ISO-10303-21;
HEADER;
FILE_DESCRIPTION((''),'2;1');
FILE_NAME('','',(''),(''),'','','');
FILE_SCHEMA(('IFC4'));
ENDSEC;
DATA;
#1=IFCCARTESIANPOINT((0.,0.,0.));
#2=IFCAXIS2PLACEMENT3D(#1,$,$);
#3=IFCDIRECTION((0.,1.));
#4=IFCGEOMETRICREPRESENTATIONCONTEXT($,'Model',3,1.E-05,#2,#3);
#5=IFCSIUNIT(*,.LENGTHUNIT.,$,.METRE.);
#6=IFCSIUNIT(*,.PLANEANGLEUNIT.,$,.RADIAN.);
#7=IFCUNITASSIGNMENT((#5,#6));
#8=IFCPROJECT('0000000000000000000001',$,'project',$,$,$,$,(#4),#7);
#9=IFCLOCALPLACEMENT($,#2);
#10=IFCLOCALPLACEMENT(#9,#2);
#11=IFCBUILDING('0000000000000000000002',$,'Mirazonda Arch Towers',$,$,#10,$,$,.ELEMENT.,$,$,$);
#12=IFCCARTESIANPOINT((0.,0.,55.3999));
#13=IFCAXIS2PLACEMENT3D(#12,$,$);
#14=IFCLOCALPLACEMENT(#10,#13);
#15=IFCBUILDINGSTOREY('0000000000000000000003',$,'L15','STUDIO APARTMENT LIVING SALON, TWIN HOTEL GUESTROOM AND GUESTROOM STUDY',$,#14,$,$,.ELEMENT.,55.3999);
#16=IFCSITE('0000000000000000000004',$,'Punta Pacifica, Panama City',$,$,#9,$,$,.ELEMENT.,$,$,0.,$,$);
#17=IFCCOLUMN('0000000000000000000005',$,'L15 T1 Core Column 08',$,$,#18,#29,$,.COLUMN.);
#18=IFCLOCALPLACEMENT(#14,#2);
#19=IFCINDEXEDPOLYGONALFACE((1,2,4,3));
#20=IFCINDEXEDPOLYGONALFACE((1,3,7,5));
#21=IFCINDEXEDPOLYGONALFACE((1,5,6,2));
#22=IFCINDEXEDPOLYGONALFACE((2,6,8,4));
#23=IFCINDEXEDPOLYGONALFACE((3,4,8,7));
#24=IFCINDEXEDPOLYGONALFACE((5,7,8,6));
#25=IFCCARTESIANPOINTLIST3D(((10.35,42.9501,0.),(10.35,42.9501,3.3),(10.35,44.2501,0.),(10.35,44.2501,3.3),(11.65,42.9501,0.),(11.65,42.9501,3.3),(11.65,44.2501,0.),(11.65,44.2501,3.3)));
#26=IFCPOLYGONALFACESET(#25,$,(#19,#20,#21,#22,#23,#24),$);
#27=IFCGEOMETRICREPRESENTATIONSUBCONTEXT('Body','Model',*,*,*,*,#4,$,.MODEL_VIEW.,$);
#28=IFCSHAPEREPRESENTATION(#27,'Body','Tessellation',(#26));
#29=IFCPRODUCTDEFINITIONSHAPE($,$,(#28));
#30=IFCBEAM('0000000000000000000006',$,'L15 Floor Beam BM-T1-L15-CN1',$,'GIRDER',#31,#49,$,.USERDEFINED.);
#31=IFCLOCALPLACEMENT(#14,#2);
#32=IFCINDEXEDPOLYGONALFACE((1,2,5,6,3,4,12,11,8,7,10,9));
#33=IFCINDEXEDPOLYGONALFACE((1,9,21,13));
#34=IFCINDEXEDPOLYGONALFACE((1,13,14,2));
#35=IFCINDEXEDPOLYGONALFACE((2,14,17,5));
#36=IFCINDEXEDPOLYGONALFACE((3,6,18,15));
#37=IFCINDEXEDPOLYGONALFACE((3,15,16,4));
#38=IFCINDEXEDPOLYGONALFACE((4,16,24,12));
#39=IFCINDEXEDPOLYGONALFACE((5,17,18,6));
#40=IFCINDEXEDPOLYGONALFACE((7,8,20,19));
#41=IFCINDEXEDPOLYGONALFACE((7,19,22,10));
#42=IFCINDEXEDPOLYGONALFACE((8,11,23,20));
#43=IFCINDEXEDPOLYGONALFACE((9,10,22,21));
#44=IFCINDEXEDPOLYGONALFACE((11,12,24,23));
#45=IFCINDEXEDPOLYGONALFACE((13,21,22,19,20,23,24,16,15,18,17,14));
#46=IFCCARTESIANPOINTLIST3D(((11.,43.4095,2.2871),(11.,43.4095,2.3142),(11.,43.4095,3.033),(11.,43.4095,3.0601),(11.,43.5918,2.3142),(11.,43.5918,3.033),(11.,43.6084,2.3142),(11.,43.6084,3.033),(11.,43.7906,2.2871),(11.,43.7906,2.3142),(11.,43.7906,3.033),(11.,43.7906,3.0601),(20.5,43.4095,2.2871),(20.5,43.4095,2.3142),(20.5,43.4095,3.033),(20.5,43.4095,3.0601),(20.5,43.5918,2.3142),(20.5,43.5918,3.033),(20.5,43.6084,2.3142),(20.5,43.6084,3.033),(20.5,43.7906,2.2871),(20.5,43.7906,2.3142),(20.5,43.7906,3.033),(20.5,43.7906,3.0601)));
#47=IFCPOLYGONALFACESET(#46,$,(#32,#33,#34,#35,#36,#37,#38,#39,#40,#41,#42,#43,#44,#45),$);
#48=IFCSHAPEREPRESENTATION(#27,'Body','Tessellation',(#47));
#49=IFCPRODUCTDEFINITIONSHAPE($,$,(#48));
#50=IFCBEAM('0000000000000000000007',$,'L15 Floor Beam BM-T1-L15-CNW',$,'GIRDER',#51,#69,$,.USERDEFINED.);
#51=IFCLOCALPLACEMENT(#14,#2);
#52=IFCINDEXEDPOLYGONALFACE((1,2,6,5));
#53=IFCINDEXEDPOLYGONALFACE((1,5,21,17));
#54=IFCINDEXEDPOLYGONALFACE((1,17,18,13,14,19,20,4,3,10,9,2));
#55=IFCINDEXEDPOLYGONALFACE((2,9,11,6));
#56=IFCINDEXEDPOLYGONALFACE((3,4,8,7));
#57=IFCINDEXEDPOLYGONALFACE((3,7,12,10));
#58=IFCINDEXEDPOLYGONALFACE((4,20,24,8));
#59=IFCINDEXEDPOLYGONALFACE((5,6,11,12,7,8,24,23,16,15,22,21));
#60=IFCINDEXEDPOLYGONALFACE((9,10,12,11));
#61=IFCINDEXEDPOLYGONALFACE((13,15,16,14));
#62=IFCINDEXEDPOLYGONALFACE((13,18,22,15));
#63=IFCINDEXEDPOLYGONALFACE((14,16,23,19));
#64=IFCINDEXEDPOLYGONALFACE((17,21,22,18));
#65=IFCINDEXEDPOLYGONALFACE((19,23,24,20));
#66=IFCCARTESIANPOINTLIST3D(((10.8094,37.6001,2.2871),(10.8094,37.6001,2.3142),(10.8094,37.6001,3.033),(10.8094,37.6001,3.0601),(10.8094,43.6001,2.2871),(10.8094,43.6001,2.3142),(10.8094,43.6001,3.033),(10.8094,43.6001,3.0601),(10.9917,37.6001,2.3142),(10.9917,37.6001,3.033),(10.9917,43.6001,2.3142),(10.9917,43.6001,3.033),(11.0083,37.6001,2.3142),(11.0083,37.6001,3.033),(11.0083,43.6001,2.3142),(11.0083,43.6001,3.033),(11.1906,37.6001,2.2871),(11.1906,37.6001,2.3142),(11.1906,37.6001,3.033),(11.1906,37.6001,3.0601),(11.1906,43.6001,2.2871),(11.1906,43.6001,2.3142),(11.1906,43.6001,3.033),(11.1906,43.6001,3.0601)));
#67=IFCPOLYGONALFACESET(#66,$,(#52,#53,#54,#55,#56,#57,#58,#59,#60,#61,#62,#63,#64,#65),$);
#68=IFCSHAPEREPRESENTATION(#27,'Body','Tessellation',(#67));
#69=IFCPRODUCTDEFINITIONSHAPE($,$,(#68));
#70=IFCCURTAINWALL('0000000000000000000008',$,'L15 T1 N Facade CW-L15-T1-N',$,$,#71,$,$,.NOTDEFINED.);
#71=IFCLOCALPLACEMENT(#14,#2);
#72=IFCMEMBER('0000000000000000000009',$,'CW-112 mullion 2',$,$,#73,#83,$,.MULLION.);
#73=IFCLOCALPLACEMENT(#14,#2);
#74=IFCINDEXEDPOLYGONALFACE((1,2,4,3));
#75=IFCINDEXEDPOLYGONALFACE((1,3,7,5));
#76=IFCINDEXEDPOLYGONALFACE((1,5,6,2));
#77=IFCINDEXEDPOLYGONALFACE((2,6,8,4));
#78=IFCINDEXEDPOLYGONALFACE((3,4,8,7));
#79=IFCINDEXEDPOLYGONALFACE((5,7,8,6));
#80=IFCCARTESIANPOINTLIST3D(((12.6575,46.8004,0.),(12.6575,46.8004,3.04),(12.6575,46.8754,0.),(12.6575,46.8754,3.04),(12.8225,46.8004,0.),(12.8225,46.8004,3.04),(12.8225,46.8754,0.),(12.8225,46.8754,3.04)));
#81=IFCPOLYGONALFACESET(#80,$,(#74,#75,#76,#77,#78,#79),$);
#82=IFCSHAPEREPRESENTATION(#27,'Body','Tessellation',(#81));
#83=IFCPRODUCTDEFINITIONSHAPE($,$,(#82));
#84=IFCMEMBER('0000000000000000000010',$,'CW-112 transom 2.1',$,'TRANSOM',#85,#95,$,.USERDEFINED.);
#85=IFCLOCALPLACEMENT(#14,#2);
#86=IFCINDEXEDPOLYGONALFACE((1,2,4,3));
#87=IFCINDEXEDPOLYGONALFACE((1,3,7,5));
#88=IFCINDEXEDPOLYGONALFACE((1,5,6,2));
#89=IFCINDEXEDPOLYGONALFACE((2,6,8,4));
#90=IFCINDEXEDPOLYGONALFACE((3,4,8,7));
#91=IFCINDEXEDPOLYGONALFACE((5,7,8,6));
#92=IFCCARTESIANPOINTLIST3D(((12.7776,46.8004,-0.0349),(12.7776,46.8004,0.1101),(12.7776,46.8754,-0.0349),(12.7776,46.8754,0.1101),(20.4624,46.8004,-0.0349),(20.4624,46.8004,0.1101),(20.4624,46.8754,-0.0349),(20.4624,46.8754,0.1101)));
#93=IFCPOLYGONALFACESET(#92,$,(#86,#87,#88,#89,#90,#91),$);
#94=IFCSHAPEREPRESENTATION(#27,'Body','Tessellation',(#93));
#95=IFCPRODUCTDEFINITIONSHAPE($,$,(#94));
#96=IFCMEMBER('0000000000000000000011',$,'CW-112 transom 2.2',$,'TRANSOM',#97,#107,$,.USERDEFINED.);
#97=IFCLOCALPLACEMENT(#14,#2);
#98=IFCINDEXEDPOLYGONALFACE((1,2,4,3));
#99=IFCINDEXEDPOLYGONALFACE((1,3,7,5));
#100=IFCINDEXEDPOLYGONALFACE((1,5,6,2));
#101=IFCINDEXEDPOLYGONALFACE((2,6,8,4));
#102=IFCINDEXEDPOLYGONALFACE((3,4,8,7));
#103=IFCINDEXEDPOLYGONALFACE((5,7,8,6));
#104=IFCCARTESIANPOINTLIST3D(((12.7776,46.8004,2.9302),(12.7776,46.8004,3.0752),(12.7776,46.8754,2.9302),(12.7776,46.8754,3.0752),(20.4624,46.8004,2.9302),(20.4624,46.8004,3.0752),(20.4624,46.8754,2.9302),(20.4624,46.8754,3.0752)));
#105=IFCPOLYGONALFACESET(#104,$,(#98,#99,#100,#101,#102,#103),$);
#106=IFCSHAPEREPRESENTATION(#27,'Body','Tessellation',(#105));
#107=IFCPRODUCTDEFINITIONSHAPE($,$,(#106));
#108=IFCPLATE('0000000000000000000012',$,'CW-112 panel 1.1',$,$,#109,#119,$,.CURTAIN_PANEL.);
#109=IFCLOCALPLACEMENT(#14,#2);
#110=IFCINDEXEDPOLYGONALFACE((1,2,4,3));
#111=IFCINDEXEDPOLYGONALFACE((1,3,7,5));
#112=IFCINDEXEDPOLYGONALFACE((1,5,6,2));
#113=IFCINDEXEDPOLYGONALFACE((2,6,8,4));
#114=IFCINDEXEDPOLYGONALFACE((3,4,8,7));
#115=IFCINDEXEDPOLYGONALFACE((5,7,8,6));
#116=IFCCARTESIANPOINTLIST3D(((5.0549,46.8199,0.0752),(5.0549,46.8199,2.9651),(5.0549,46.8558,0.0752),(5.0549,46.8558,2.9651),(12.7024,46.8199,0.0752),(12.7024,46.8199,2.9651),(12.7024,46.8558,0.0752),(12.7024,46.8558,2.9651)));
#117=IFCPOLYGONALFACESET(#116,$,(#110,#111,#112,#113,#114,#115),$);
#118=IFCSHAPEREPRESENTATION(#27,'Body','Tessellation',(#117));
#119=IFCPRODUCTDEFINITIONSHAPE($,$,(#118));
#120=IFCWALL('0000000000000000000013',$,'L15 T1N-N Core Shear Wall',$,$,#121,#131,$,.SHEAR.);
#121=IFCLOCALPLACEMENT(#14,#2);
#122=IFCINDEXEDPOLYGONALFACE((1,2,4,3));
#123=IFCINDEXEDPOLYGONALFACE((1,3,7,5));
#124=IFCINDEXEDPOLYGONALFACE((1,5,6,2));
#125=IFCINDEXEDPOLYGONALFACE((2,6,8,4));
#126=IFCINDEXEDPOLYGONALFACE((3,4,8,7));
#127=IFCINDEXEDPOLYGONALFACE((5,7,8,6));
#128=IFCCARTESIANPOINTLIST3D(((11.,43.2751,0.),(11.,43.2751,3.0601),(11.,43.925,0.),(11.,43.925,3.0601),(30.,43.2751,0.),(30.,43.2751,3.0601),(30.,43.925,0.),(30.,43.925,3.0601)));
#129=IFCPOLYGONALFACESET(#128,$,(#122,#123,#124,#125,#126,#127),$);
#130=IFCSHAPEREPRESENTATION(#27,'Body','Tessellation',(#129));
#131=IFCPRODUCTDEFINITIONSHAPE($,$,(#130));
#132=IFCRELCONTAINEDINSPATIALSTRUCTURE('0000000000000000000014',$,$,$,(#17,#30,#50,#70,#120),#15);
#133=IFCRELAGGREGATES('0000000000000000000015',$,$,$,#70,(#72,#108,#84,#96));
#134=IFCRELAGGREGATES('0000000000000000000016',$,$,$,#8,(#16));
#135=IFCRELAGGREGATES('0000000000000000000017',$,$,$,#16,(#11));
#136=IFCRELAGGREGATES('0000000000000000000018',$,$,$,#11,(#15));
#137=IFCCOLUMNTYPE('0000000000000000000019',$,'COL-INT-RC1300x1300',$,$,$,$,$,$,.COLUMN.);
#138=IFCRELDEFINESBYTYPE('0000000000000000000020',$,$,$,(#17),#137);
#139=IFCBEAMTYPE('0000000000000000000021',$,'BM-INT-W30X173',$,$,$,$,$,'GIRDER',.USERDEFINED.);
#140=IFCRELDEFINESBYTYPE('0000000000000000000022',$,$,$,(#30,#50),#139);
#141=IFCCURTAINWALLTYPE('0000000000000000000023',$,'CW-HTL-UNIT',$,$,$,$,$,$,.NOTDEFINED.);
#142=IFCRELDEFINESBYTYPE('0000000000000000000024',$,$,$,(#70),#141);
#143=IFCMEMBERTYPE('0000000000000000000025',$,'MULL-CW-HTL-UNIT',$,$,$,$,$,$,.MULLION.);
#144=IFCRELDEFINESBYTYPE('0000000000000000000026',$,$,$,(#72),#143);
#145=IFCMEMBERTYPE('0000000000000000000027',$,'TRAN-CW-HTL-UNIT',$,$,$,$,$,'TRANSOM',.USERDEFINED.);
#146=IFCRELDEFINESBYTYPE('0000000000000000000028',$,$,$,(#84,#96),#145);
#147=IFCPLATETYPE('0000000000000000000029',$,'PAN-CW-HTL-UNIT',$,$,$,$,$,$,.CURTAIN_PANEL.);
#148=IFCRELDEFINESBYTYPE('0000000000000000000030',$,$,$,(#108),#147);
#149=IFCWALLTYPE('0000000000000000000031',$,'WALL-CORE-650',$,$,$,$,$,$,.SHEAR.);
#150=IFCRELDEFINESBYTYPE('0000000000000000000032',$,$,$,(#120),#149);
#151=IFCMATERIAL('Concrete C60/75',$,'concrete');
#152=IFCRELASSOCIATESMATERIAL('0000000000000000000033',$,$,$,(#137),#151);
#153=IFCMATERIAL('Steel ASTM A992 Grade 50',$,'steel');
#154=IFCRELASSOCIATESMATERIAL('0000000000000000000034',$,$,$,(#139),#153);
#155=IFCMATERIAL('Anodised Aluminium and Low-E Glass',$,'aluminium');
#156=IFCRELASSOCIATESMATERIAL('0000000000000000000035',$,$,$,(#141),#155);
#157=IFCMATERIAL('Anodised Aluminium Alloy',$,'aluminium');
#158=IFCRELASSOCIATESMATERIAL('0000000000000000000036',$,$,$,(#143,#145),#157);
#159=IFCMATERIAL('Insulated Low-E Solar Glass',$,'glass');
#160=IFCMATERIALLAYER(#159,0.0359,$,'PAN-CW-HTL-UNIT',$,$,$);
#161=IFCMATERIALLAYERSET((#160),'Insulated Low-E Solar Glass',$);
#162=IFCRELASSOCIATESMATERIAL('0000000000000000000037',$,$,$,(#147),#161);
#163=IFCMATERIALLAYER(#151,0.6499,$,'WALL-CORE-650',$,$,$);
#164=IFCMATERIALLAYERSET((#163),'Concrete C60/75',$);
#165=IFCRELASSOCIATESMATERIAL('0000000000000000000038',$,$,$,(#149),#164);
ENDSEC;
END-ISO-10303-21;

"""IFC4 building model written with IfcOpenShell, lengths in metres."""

from ifc_helpers import new_model, si_unit, direction, frame, frame_2d, origin, origin_2d, place, context, subcontext, project, spatial, rectangle, i_section, extrude, material, layer, layer_set, material_profile, profile_set, type_object, element, aggregate, save


model = new_model("IFC4")

# Units and contexts
model_context = context("Model", 3, precision=1e-05, world=origin(), true_north=direction((0.0, 1.0)))
body_context = subcontext(model_context, "Body", "Model", "MODEL_VIEW")
ifc_project = project(units=[si_unit("LENGTHUNIT", "METRE"), si_unit("PLANEANGLEUNIT", "RADIAN")], contexts=[model_context])

# Site, building, storey
site_placement = place(None, origin())
site = spatial("IfcSite", under=ifc_project, at=site_placement, Name="Punta Pacifica, Panama City", CompositionType="ELEMENT", RefElevation=0.0)
building_placement = place(site_placement, origin())
building = spatial("IfcBuilding", under=site, at=building_placement, Name="Mirazonda Arch Towers", CompositionType="ELEMENT")
storey_placement = place(building_placement, frame((0.0, 0.0, 55.3999)))
storey = spatial("IfcBuildingStorey", under=building, at=storey_placement, Name="L15", Description="STUDIO APARTMENT LIVING SALON, TWIN HOTEL GUESTROOM AND GUESTROOM STUDY", CompositionType="ELEMENT", Elevation=55.3999)

# Column
ifc_material_1 = material(Name="Concrete C60/75", Category="concrete")
ifc_material_profile_1 = material_profile(ifc_material_1, rectangle(XDim=1.3, YDim=1.3, at=origin_2d()), Name="RC1300x1300")
ifc_profile_set_1 = profile_set([ifc_material_profile_1], Name="Concrete C60/75")
column_type = type_object("IfcColumnType", Name="COL-INT-RC1300x1300", PredefinedType="COLUMN", material=ifc_profile_set_1)
column_placement = place(storey_placement, frame((11.0, 43.6001, 0.0), z_axis=(0.0, 0.0, 1.0), x_axis=(1.0, 0.0, 0.0)))
element("IfcColumn", 1, at=column_placement, inside=storey, type_object=column_type, Name="L15 T1 Core Column 08", PredefinedType="COLUMN", context=body_context, shape_type="SweptSolid", body=[
    extrude(rectangle(XDim=1.3, YDim=1.3, at=origin_2d()), origin(), (0.0, 0.0, 1.0), 3.3),
])

# Beams
ifc_material_2 = material(Name="Steel ASTM A992 Grade 50", Category="steel")
ifc_material_profile_2 = material_profile(ifc_material_2, i_section(OverallWidth=0.3811, OverallDepth=0.7729, WebThickness=0.0166, FlangeThickness=0.0271, at=origin_2d()), Name="W30X173")
ifc_profile_set_2 = profile_set([ifc_material_profile_2], Name="Steel ASTM A992 Grade 50")
beam_type = type_object("IfcBeamType", Name="BM-INT-W30X173", ElementType="GIRDER", PredefinedType="USERDEFINED", material=ifc_profile_set_2)
beam_1_placement = place(storey_placement, frame((11.0, 43.6001, 2.6736), z_axis=(1.0, 0.0, 0.0), x_axis=(0.0, 1.0, 0.0)))
element("IfcBeam", 2, at=beam_1_placement, inside=storey, type_object=beam_type, Name="L15 Floor Beam BM-T1-L15-CN1", ObjectType="GIRDER", PredefinedType="USERDEFINED", context=body_context, shape_type="SweptSolid", body=[
    extrude(i_section(OverallWidth=0.3811, OverallDepth=0.7729, WebThickness=0.0166, FlangeThickness=0.0271, at=origin_2d()), origin(), (0.0, 0.0, 1.0), 9.5),
])
beam_2_placement = place(storey_placement, frame((11.0, 37.6001, 2.6736), z_axis=(0.0, 1.0, 0.0), x_axis=(-1.0, 0.0, 0.0)))
element("IfcBeam", 3, at=beam_2_placement, inside=storey, type_object=beam_type, Name="L15 Floor Beam BM-T1-L15-CNW", ObjectType="GIRDER", PredefinedType="USERDEFINED", context=body_context, shape_type="SweptSolid", body=[
    extrude(i_section(OverallWidth=0.3811, OverallDepth=0.7729, WebThickness=0.0166, FlangeThickness=0.0271, at=origin_2d()), origin(), (0.0, 0.0, 1.0), 6.0),
])

# Curtain wall, members, plate
ifc_material_3 = material(Name="Anodised Aluminium and Low-E Glass", Category="aluminium")
curtain_wall_type = type_object("IfcCurtainWallType", Name="CW-HTL-UNIT", PredefinedType="NOTDEFINED", material=ifc_material_3)
curtain_wall_placement = place(storey_placement, origin())
curtain_wall = element("IfcCurtainWall", 4, at=curtain_wall_placement, inside=storey, type_object=curtain_wall_type, Name="L15 T1 N Facade CW-L15-T1-N", PredefinedType="NOTDEFINED")
ifc_material_4 = material(Name="Anodised Aluminium Alloy", Category="aluminium")
ifc_material_profile_3 = material_profile(ifc_material_4, rectangle(XDim=0.075, YDim=0.165, at=origin_2d()), Name="ALU-MULL-75x165")
ifc_profile_set_3 = profile_set([ifc_material_profile_3], Name="Anodised Aluminium Alloy")
member_type_1 = type_object("IfcMemberType", Name="MULL-CW-HTL-UNIT", PredefinedType="MULLION", material=ifc_profile_set_3)
member_1_placement = place(storey_placement, frame((12.74, 46.8379, 0.0), z_axis=(0.0, 0.0, 1.0), x_axis=(0.0, 1.0, 0.0)))
member_1 = element("IfcMember", 5, at=member_1_placement, type_object=member_type_1, Name="CW-112 mullion 2", PredefinedType="MULLION", context=body_context, shape_type="SweptSolid", body=[
    extrude(rectangle(XDim=0.075, YDim=0.165, at=origin_2d()), origin(), (0.0, 0.0, 1.0), 3.04),
])
ifc_material_profile_4 = material_profile(ifc_material_4, rectangle(XDim=0.075, YDim=0.145, at=origin_2d()), Name="ALU-TRAN-75x145")
ifc_profile_set_4 = profile_set([ifc_material_profile_4], Name="Anodised Aluminium Alloy")
member_type_2 = type_object("IfcMemberType", Name="TRAN-CW-HTL-UNIT", ElementType="TRANSOM", PredefinedType="USERDEFINED", material=ifc_profile_set_4)
member_2_placement = place(storey_placement, frame((12.7776, 46.8379, 0.0376), z_axis=(1.0, 0.0, 0.0), x_axis=(0.0, 1.0, 0.0)))
member_2 = element("IfcMember", 6, at=member_2_placement, type_object=member_type_2, Name="CW-112 transom 2.1", ObjectType="TRANSOM", PredefinedType="USERDEFINED", context=body_context, shape_type="SweptSolid", body=[
    extrude(rectangle(XDim=0.075, YDim=0.145, at=origin_2d()), origin(), (0.0, 0.0, 1.0), 7.6848),
])
member_3_placement = place(storey_placement, frame((12.7776, 46.8379, 3.0027), z_axis=(1.0, 0.0, 0.0), x_axis=(0.0, 1.0, 0.0)))
member_3 = element("IfcMember", 7, at=member_3_placement, type_object=member_type_2, Name="CW-112 transom 2.2", ObjectType="TRANSOM", PredefinedType="USERDEFINED", context=body_context, shape_type="SweptSolid", body=[
    extrude(rectangle(XDim=0.075, YDim=0.145, at=origin_2d()), origin(), (0.0, 0.0, 1.0), 7.6848),
])
ifc_material_5 = material(Name="Insulated Low-E Solar Glass", Category="glass")
ifc_layer_1 = layer(ifc_material_5, 0.0359, Name="PAN-CW-HTL-UNIT")
ifc_layer_set_1 = layer_set([ifc_layer_1], Name="Insulated Low-E Solar Glass")
plate_type = type_object("IfcPlateType", Name="PAN-CW-HTL-UNIT", PredefinedType="CURTAIN_PANEL", material=ifc_layer_set_1)
plate_placement = place(storey_placement, frame((8.8787, 46.8379, 0.0752), z_axis=(0.0, 0.0, 1.0), x_axis=(1.0, 0.0, 0.0)))
plate = element("IfcPlate", 8, at=plate_placement, type_object=plate_type, Name="CW-112 panel 1.1", PredefinedType="CURTAIN_PANEL", context=body_context, shape_type="SweptSolid", body=[
    extrude(rectangle(XDim=7.6475, YDim=0.0359, at=origin_2d()), origin(), (0.0, 0.0, 1.0), 2.8899),
])
aggregate(curtain_wall, [member_1, plate, member_2, member_3])

# Wall
ifc_layer_2 = layer(ifc_material_1, 0.6499, Name="WALL-CORE-650")
ifc_layer_set_2 = layer_set([ifc_layer_2], Name="Concrete C60/75")
wall_type_1 = type_object("IfcWallType", Name="WALL-CORE-650", PredefinedType="SHEAR", material=ifc_layer_set_2)
wall_1_placement = place(storey_placement, frame((11.0, 43.6001, 0.0), z_axis=(0.0, 0.0, 1.0), x_axis=(1.0, 0.0, 0.0)))
element("IfcWall", 9, at=wall_1_placement, inside=storey, type_object=wall_type_1, Name="L15 T1N-N Core Shear Wall", PredefinedType="SHEAR", context=body_context, shape_type="SweptSolid", body=[
    extrude(rectangle(XDim=19.0, YDim=0.6499, at=frame_2d((9.5, 0.0))), origin(), (0.0, 0.0, 1.0), 3.0601),
])

save(model, "model.ifc")
